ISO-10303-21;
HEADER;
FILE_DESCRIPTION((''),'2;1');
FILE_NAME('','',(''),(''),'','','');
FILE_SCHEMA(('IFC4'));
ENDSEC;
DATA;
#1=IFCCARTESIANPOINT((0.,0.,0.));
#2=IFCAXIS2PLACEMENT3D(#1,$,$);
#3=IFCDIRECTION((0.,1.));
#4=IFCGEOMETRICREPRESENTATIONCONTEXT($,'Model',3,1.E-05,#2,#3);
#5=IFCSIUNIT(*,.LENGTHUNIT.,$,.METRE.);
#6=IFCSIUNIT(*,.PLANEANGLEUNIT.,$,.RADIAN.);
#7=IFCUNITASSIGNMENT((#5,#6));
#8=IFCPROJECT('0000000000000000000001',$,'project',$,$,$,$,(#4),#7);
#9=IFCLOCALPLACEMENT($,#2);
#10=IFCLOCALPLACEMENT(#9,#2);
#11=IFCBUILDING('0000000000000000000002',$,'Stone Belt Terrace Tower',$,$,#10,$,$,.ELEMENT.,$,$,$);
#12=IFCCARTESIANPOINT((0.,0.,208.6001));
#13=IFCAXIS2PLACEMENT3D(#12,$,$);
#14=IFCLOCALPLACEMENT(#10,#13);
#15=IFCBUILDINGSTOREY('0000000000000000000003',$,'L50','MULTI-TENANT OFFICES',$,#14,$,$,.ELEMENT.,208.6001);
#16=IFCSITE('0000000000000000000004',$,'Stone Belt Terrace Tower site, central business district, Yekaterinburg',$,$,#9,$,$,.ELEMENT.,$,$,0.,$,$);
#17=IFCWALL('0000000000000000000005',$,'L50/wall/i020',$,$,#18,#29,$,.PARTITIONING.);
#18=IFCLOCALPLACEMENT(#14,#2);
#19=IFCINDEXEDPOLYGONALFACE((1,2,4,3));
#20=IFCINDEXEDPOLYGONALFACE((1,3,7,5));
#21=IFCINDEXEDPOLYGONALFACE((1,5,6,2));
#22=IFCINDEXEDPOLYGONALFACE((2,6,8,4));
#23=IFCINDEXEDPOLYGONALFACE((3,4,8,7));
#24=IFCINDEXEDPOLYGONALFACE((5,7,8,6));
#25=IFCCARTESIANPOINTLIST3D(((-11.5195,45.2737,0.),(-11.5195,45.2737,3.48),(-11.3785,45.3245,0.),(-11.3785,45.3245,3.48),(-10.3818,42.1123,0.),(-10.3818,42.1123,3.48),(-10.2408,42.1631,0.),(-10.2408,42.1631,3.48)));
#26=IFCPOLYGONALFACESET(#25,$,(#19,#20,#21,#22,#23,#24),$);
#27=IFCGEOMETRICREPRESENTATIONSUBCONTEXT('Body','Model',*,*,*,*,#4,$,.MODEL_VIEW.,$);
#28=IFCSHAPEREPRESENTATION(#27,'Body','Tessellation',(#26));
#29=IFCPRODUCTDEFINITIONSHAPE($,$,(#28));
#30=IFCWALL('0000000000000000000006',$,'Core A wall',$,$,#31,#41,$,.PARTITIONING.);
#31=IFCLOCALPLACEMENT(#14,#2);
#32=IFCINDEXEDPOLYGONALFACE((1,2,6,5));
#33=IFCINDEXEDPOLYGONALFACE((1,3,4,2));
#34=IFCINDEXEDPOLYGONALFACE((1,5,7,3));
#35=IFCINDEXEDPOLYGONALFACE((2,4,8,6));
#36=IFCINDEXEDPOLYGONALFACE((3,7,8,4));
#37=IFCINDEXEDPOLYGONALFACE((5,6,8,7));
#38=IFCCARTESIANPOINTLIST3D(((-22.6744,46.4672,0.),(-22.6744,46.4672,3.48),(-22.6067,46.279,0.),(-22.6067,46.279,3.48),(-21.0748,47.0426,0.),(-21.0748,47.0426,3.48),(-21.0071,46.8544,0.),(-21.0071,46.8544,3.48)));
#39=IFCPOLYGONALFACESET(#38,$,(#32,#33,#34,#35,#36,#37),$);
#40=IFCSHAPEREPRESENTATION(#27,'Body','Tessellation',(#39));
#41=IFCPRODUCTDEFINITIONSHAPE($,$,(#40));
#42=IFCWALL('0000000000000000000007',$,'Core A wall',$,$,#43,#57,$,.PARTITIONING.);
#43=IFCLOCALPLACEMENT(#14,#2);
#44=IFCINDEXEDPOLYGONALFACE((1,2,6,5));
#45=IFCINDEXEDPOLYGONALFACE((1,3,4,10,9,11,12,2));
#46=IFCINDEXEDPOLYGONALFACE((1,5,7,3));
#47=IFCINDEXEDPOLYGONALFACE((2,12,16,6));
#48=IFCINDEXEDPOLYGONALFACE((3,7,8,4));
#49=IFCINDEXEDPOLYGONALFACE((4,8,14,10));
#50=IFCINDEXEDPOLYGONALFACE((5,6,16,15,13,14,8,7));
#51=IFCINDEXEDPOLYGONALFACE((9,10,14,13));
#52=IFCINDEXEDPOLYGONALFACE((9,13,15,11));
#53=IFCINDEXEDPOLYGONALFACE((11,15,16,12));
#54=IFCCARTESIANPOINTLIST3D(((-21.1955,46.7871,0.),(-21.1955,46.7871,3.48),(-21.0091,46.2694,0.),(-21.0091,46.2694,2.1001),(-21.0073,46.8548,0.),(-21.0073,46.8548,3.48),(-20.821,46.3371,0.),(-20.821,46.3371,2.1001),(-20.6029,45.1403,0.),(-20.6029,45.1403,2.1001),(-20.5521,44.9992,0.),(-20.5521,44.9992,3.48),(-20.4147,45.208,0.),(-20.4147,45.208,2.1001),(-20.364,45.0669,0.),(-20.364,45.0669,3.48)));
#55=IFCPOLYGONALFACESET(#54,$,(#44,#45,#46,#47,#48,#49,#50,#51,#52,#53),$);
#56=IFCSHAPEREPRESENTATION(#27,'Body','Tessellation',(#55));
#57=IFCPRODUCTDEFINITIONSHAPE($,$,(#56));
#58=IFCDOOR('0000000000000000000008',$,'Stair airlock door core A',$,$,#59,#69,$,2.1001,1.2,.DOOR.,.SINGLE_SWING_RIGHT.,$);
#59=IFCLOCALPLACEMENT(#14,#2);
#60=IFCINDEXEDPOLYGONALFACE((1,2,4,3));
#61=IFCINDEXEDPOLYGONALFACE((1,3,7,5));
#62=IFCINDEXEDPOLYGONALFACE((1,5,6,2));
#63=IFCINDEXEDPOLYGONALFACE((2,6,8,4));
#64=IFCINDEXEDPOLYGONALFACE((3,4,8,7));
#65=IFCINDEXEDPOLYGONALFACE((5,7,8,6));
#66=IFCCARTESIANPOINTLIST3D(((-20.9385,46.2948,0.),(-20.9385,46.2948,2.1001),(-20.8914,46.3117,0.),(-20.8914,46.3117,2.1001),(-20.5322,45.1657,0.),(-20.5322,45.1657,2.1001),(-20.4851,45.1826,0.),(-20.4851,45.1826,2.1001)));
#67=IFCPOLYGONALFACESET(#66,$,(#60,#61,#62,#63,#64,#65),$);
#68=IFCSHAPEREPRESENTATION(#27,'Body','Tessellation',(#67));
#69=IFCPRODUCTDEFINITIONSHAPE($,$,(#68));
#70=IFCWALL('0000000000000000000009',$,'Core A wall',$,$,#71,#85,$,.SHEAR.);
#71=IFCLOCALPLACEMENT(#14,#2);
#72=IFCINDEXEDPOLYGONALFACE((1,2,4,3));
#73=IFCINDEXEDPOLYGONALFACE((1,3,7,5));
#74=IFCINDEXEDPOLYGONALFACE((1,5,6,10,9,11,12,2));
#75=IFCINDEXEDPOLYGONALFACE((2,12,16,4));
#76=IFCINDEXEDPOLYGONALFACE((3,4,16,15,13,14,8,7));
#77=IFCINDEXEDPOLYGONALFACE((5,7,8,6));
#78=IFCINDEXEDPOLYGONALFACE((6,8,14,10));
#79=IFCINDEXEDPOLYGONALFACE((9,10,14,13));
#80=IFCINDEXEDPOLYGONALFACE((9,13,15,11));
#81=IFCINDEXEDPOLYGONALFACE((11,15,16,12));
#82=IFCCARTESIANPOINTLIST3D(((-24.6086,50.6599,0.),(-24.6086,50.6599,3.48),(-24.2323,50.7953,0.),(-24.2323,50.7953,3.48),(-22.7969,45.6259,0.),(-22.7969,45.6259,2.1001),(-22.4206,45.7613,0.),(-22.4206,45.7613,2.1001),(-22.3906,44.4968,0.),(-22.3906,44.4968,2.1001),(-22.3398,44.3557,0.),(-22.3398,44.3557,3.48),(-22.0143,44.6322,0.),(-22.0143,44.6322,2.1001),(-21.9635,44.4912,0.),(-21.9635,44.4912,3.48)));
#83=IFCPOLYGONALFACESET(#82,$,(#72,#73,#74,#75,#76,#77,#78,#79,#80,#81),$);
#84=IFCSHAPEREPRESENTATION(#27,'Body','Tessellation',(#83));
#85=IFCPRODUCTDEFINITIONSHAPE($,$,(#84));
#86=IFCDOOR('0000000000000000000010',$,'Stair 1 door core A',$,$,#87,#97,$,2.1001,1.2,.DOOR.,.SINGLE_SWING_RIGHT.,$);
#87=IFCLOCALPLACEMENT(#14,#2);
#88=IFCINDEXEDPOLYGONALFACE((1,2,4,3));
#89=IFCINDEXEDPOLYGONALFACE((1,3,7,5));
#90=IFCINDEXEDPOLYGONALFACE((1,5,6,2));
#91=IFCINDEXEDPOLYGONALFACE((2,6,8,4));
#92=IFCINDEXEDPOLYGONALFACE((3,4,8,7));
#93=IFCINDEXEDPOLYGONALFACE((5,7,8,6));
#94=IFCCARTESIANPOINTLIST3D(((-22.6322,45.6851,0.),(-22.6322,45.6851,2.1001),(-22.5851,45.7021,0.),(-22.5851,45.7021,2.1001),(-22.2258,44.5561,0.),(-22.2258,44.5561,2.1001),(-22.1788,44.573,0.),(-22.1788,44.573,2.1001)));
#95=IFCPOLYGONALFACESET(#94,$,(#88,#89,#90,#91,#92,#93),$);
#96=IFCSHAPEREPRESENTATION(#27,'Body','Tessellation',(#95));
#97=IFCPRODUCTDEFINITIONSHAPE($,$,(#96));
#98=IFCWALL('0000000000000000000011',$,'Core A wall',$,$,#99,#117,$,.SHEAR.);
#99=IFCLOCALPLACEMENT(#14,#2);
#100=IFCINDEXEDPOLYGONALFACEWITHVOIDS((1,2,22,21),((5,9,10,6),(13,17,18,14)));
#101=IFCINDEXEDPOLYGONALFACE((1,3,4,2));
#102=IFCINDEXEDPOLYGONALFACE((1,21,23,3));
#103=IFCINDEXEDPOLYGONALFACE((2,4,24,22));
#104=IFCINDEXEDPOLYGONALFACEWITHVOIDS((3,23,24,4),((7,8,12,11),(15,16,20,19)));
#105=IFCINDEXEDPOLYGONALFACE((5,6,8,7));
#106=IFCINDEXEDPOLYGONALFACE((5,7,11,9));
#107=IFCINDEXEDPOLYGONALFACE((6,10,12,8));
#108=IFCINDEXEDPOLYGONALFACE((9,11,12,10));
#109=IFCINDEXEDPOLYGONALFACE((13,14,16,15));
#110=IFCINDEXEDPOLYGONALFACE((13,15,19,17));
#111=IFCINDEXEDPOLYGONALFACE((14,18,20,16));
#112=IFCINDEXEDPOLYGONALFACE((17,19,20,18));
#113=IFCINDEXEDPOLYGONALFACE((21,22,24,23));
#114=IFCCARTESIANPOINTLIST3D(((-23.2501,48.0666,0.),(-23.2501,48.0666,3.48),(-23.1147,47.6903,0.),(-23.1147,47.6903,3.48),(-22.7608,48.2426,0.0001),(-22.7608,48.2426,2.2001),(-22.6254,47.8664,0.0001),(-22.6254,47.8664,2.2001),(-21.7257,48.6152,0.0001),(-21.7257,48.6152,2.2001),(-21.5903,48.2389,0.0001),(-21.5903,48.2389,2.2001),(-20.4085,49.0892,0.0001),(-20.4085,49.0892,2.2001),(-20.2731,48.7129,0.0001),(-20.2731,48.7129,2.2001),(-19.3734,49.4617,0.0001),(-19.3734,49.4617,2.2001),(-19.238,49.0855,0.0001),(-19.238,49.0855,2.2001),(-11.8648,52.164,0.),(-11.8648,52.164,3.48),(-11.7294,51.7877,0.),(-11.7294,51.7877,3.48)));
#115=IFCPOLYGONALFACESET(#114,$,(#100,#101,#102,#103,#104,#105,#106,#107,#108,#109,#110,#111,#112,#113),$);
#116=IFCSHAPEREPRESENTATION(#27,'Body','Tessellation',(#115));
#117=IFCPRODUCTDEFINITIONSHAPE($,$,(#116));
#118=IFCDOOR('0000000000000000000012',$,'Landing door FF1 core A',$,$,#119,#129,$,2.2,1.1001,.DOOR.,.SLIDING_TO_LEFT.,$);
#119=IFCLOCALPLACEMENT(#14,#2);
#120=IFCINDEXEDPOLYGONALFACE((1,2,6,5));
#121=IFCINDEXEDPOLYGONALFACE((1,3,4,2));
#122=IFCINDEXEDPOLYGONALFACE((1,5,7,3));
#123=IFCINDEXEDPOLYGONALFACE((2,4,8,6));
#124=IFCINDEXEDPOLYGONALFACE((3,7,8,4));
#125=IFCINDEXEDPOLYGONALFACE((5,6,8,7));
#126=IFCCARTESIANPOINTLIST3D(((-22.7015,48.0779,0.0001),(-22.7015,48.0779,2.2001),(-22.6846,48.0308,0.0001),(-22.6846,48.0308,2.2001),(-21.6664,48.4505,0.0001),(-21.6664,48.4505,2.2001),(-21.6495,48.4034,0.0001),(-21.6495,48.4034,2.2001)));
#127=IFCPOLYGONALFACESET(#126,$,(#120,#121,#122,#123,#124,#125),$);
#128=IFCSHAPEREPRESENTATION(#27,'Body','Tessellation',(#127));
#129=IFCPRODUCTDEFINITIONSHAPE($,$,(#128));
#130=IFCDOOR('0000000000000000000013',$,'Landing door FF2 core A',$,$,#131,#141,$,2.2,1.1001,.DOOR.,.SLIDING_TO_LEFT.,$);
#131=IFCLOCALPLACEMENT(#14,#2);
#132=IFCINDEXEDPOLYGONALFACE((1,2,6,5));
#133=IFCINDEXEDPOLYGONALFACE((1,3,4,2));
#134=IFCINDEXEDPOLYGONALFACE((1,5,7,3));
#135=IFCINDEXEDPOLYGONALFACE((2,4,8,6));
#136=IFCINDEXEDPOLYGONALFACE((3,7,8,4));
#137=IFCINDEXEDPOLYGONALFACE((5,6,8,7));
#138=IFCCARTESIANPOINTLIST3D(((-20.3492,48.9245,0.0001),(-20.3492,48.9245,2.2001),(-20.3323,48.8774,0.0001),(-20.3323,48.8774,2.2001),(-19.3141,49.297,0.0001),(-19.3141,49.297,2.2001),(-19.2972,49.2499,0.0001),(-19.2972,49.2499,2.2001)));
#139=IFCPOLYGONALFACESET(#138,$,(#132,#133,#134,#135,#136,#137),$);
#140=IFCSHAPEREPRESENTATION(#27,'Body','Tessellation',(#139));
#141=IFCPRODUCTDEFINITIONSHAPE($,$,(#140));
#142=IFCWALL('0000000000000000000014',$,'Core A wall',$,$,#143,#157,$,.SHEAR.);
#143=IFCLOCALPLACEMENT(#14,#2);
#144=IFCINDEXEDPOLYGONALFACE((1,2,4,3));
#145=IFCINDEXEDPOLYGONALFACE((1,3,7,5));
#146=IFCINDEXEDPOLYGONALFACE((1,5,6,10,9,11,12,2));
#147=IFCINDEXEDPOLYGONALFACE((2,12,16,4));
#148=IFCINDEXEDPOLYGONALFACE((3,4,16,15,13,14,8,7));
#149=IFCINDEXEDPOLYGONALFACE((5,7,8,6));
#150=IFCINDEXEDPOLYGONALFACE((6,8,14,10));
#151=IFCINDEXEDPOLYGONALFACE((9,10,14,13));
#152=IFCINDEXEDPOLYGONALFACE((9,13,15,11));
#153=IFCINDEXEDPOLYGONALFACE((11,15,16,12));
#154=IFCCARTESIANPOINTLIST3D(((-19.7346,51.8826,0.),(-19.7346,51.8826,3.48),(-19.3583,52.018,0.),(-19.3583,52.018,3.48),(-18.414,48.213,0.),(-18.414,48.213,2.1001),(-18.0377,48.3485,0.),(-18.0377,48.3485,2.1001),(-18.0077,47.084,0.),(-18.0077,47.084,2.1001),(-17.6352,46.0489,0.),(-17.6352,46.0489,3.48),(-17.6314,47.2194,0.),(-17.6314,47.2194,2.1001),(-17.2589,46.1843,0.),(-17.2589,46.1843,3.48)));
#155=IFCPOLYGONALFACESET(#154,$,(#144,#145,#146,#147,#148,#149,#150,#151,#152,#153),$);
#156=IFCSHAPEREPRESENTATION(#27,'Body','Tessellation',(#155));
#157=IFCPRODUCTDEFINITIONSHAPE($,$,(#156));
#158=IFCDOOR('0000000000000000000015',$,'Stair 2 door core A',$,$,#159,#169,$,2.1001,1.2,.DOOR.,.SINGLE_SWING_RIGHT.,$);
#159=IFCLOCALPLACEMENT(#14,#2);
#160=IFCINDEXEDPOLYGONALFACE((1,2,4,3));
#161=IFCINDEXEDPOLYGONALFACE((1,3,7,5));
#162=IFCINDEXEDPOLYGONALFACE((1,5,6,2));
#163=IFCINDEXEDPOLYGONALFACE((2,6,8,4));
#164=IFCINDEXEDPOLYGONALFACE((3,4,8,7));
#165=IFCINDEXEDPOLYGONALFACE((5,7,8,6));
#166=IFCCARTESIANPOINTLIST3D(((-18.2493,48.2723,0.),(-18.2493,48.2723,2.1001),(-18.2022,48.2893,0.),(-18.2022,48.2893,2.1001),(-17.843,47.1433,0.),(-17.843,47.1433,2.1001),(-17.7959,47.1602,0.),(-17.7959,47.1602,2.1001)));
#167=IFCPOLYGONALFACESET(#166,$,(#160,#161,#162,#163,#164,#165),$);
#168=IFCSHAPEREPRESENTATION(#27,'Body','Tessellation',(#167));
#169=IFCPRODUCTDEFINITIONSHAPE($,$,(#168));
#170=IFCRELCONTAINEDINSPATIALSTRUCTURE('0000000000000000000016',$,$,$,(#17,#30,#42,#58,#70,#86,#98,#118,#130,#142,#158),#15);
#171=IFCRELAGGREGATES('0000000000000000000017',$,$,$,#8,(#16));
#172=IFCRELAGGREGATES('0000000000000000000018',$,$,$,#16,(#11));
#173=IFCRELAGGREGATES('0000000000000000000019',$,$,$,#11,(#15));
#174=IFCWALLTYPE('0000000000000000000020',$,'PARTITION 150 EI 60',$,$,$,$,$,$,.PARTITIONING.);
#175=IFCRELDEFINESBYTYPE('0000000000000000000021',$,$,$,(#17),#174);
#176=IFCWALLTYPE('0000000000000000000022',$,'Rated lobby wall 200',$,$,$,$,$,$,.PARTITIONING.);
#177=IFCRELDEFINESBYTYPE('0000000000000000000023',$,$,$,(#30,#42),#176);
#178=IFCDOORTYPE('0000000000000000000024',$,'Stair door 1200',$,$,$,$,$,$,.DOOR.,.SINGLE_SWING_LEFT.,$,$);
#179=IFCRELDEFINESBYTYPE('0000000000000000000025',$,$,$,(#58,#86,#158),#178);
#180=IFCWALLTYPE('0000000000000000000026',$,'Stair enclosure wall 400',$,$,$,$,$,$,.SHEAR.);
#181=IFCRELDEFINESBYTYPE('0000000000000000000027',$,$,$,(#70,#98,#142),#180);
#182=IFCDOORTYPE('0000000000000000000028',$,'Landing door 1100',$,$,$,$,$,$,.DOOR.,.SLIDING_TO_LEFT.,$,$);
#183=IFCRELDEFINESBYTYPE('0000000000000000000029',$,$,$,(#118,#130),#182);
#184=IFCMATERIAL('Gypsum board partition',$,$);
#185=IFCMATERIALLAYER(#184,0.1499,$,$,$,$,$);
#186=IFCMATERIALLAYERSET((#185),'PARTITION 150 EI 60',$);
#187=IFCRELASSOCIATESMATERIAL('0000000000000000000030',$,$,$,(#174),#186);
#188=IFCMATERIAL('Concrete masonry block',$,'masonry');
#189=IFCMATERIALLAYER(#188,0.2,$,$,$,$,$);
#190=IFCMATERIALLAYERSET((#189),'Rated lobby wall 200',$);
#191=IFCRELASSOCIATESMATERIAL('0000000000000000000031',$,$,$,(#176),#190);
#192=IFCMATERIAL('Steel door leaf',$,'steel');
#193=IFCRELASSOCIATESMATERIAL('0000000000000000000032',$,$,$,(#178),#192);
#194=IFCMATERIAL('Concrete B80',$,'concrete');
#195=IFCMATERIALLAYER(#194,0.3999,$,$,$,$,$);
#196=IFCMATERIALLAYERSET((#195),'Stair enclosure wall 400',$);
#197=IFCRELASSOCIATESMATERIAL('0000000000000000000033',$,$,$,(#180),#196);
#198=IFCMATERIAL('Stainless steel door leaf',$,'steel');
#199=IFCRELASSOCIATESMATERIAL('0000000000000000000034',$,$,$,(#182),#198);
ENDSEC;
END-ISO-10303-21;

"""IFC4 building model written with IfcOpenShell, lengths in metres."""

from ifc_helpers import new_model, si_unit, direction, frame, frame_2d, origin, place, context, subcontext, project, spatial, rectangle, extrude, material, layer, layer_set, type_object, element, fill, save


model = new_model("IFC4")

# Units and contexts
model_context = context("Model", 3, precision=1e-05, world=origin(), true_north=direction((0.0, 1.0)))
body_context = subcontext(model_context, "Body", "Model", "MODEL_VIEW")
ifc_project = project(units=[si_unit("LENGTHUNIT", "METRE"), si_unit("PLANEANGLEUNIT", "RADIAN")], contexts=[model_context])

# Site, building, storey
site_placement = place(None, origin())
site = spatial("IfcSite", under=ifc_project, at=site_placement, Name="Stone Belt Terrace Tower site, central business district, Yekaterinburg", CompositionType="ELEMENT", RefElevation=0.0)
building_placement = place(site_placement, origin())
building = spatial("IfcBuilding", under=site, at=building_placement, Name="Stone Belt Terrace Tower", CompositionType="ELEMENT")
storey_placement = place(building_placement, frame((0.0, 0.0, 208.6001)))
storey = spatial("IfcBuildingStorey", under=building, at=storey_placement, Name="L50", Description="MULTI-TENANT OFFICES", CompositionType="ELEMENT", Elevation=208.6001)

# Shared definitions
ifc_material_1 = material(Name="Gypsum board partition")
ifc_layer_1 = layer(ifc_material_1, 0.1499)
ifc_layer_set_1 = layer_set([ifc_layer_1], Name="PARTITION 150 EI 60")
wall_type_1 = type_object("IfcWallType", Name="PARTITION 150 EI 60", PredefinedType="PARTITIONING", material=ifc_layer_set_1)

# Walls
wall_1_placement = place(storey_placement, frame((-11.449, 45.2991, 0.0), z_axis=(0.0, 0.0, 1.0), x_axis=(0.338614, -0.940925, 0.0)))
element("IfcWall", 1, at=wall_1_placement, inside=storey, type_object=wall_type_1, Name="L50/wall/i020", PredefinedType="PARTITIONING", context=body_context, shape_type="SweptSolid", body=[
    extrude(rectangle(XDim=3.3599, YDim=0.1499, at=frame_2d((1.6799, 0.0))), origin(), (0.0, 0.0, 1.0), 3.48),
])
ifc_material_2 = material(Name="Concrete masonry block", Category="masonry")
ifc_layer_2 = layer(ifc_material_2, 0.2)
ifc_layer_set_2 = layer_set([ifc_layer_2], Name="Rated lobby wall 200")
wall_type_2 = type_object("IfcWallType", Name="Rated lobby wall 200", PredefinedType="PARTITIONING", material=ifc_layer_set_2)
wall_2_placement = place(storey_placement, frame((-22.6406, 46.373, 0.0), z_axis=(0.0, 0.0, 1.0), x_axis=(0.940966, 0.338501, 0.0)))
element("IfcWall", 2, at=wall_2_placement, inside=storey, type_object=wall_type_2, Name="Core A wall", PredefinedType="PARTITIONING", context=body_context, shape_type="SweptSolid", body=[
    extrude(rectangle(XDim=1.7, YDim=0.2, at=frame_2d((0.8501, 0.0))), origin(), (0.0, 0.0, 1.0), 3.48),
])

# Walls, openings, doors
wall_3_placement = place(storey_placement, frame((-20.458, 45.033, 0.0), z_axis=(0.0, 0.0, 1.0), x_axis=(-0.338574, 0.94094, 0.0)))
wall_3 = element("IfcWall", 3, at=wall_3_placement, inside=storey, type_object=wall_type_2, Name="Core A wall", PredefinedType="PARTITIONING", context=body_context, shape_type="SweptSolid", body=[
    extrude(rectangle(XDim=1.9001, YDim=0.2, at=frame_2d((0.9502, 0.0))), origin(), (0.0, 0.0, 1.0), 3.48),
])
opening_1_placement = place(wall_3_placement, frame((0.1499, 0.0, 0.0)))
opening_1 = element("IfcOpeningElement", 4, at=opening_1_placement, cuts=wall_3, PredefinedType="OPENING", context=body_context, shape_type="SweptSolid", body=[
    extrude(rectangle(XDim=1.2, YDim=2.1001, at=frame_2d((0.6001, 1.05))), frame((0.0, 0.1099, 0.0), z_axis=(0.0, -1.0, 0.0), x_axis=(1.0, 0.0, 0.0)), (0.0, 0.0, 1.0), 0.22),
])
ifc_material_3 = material(Name="Steel door leaf", Category="steel")
door_type_1 = type_object("IfcDoorType", Name="Stair door 1200", OperationType="SINGLE_SWING_LEFT", PredefinedType="DOOR", material=ifc_material_3)
door_1_placement = place(opening_1_placement, origin())
door_1 = element("IfcDoor", 5, at=door_1_placement, inside=storey, type_object=door_type_1, Name="Stair airlock door core A", OperationType="SINGLE_SWING_RIGHT", OverallHeight=2.1001, OverallWidth=1.2, PredefinedType="DOOR", context=body_context, shape_type="SweptSolid", body=[
    extrude(rectangle(XDim=1.2, YDim=2.1001, at=frame_2d((0.6001, 1.05))), frame((0.0, 0.0249, 0.0), z_axis=(0.0, -1.0, 0.0), x_axis=(1.0, 0.0, 0.0)), (0.0, 0.0, 1.0), 0.05),
])
fill(opening_1, door_1)
ifc_material_4 = material(Name="Concrete B80", Category="concrete")
ifc_layer_3 = layer(ifc_material_4, 0.3999)
ifc_layer_set_3 = layer_set([ifc_layer_3], Name="Stair enclosure wall 400")
wall_type_3 = type_object("IfcWallType", Name="Stair enclosure wall 400", PredefinedType="SHEAR", material=ifc_layer_set_3)
wall_4_placement = place(storey_placement, frame((-22.1516, 44.4233, 0.0), z_axis=(0.0, 0.0, 1.0), x_axis=(-0.338625, 0.940921, 0.0)))
wall_4 = element("IfcWall", 6, at=wall_4_placement, inside=storey, type_object=wall_type_3, Name="Core A wall", PredefinedType="SHEAR", context=body_context, shape_type="SweptSolid", body=[
    extrude(rectangle(XDim=6.7, YDim=0.3999, at=frame_2d((3.3501, 0.0))), origin(), (0.0, 0.0, 1.0), 3.48),
])
opening_2_placement = place(wall_4_placement, frame((0.1499, 0.0, 0.0)))
opening_2 = element("IfcOpeningElement", 7, at=opening_2_placement, cuts=wall_4, PredefinedType="OPENING", context=body_context, shape_type="SweptSolid", body=[
    extrude(rectangle(XDim=1.2, YDim=2.1001, at=frame_2d((0.6001, 1.05))), frame((0.0, 0.21, 0.0), z_axis=(0.0, -1.0, 0.0), x_axis=(1.0, 0.0, 0.0)), (0.0, 0.0, 1.0), 0.4199),
])
door_2_placement = place(opening_2_placement, origin())
door_2 = element("IfcDoor", 8, at=door_2_placement, inside=storey, type_object=door_type_1, Name="Stair 1 door core A", OperationType="SINGLE_SWING_RIGHT", OverallHeight=2.1001, OverallWidth=1.2, PredefinedType="DOOR", context=body_context, shape_type="SweptSolid", body=[
    extrude(rectangle(XDim=1.2, YDim=2.1001, at=frame_2d((0.6001, 1.05))), frame((0.0, 0.0249, 0.0), z_axis=(0.0, -1.0, 0.0), x_axis=(1.0, 0.0, 0.0)), (0.0, 0.0, 1.0), 0.05),
])
fill(opening_2, door_2)

# Wall, openings, doors
wall_5_placement = place(storey_placement, frame((-23.1824, 47.8784, 0.0), z_axis=(0.0, 0.0, 1.0), x_axis=(0.940921, 0.338626, 0.0)))
wall_5 = element("IfcWall", 9, at=wall_5_placement, inside=storey, type_object=wall_type_3, Name="Core A wall", PredefinedType="SHEAR", context=body_context, shape_type="SweptSolid", body=[
    extrude(rectangle(XDim=12.1001, YDim=0.3999, at=frame_2d((6.05, 0.0))), origin(), (0.0, 0.0, 1.0), 3.48),
])
opening_3_placement = place(wall_5_placement, frame((0.52, 0.0, 0.0)))
opening_3 = element("IfcOpeningElement", 10, at=opening_3_placement, cuts=wall_5, PredefinedType="OPENING", context=body_context, shape_type="SweptSolid", body=[
    extrude(rectangle(XDim=1.1001, YDim=2.2, at=frame_2d((0.55, 1.1001))), frame((0.0, 0.21, 0.0), z_axis=(0.0, -1.0, 0.0), x_axis=(1.0, 0.0, 0.0)), (0.0, 0.0, 1.0), 0.4199),
])
opening_4_placement = place(wall_5_placement, frame((3.02, 0.0, 0.0)))
opening_4 = element("IfcOpeningElement", 11, at=opening_4_placement, cuts=wall_5, PredefinedType="OPENING", context=body_context, shape_type="SweptSolid", body=[
    extrude(rectangle(XDim=1.1001, YDim=2.2, at=frame_2d((0.55, 1.1001))), frame((0.0, 0.21, 0.0), z_axis=(0.0, -1.0, 0.0), x_axis=(1.0, 0.0, 0.0)), (0.0, 0.0, 1.0), 0.4199),
])
ifc_material_5 = material(Name="Stainless steel door leaf", Category="steel")
door_type_2 = type_object("IfcDoorType", Name="Landing door 1100", OperationType="SLIDING_TO_LEFT", PredefinedType="DOOR", material=ifc_material_5)
door_3_placement = place(opening_3_placement, origin())
door_3 = element("IfcDoor", 12, at=door_3_placement, inside=storey, type_object=door_type_2, Name="Landing door FF1 core A", OperationType="SLIDING_TO_LEFT", OverallHeight=2.2, OverallWidth=1.1001, PredefinedType="DOOR", context=body_context, shape_type="SweptSolid", body=[
    extrude(rectangle(XDim=1.1001, YDim=2.2, at=frame_2d((0.55, 1.1001))), frame((0.0, 0.0249, 0.0), z_axis=(0.0, -1.0, 0.0), x_axis=(1.0, 0.0, 0.0)), (0.0, 0.0, 1.0), 0.05),
])
fill(opening_3, door_3)
door_4_placement = place(opening_4_placement, origin())
door_4 = element("IfcDoor", 13, at=door_4_placement, inside=storey, type_object=door_type_2, Name="Landing door FF2 core A", OperationType="SLIDING_TO_LEFT", OverallHeight=2.2, OverallWidth=1.1001, PredefinedType="DOOR", context=body_context, shape_type="SweptSolid", body=[
    extrude(rectangle(XDim=1.1001, YDim=2.2, at=frame_2d((0.55, 1.1001))), frame((0.0, 0.0249, 0.0), z_axis=(0.0, -1.0, 0.0), x_axis=(1.0, 0.0, 0.0)), (0.0, 0.0, 1.0), 0.05),
])
fill(opening_4, door_4)

# Wall, opening, door
wall_6_placement = place(storey_placement, frame((-17.447, 46.1165, 0.0), z_axis=(0.0, 0.0, 1.0), x_axis=(-0.338608, 0.940928, 0.0)))
wall_6 = element("IfcWall", 14, at=wall_6_placement, inside=storey, type_object=wall_type_3, Name="Core A wall", PredefinedType="SHEAR", context=body_context, shape_type="SweptSolid", body=[
    extrude(rectangle(XDim=6.2, YDim=0.3999, at=frame_2d((3.1001, 0.0))), origin(), (0.0, 0.0, 1.0), 3.48),
])
opening_5_placement = place(wall_6_placement, frame((1.1001, 0.0, 0.0)))
opening_5 = element("IfcOpeningElement", 15, at=opening_5_placement, cuts=wall_6, PredefinedType="OPENING", context=body_context, shape_type="SweptSolid", body=[
    extrude(rectangle(XDim=1.2, YDim=2.1001, at=frame_2d((0.6001, 1.05))), frame((0.0, 0.21, 0.0), z_axis=(0.0, -1.0, 0.0), x_axis=(1.0, 0.0, 0.0)), (0.0, 0.0, 1.0), 0.4199),
])
door_5_placement = place(opening_5_placement, origin())
door_5 = element("IfcDoor", 16, at=door_5_placement, inside=storey, type_object=door_type_1, Name="Stair 2 door core A", OperationType="SINGLE_SWING_RIGHT", OverallHeight=2.1001, OverallWidth=1.2, PredefinedType="DOOR", context=body_context, shape_type="SweptSolid", body=[
    extrude(rectangle(XDim=1.2, YDim=2.1001, at=frame_2d((0.6001, 1.05))), frame((0.0, 0.0249, 0.0), z_axis=(0.0, -1.0, 0.0), x_axis=(1.0, 0.0, 0.0)), (0.0, 0.0, 1.0), 0.05),
])
fill(opening_5, door_5)

save(model, "model.ifc")
